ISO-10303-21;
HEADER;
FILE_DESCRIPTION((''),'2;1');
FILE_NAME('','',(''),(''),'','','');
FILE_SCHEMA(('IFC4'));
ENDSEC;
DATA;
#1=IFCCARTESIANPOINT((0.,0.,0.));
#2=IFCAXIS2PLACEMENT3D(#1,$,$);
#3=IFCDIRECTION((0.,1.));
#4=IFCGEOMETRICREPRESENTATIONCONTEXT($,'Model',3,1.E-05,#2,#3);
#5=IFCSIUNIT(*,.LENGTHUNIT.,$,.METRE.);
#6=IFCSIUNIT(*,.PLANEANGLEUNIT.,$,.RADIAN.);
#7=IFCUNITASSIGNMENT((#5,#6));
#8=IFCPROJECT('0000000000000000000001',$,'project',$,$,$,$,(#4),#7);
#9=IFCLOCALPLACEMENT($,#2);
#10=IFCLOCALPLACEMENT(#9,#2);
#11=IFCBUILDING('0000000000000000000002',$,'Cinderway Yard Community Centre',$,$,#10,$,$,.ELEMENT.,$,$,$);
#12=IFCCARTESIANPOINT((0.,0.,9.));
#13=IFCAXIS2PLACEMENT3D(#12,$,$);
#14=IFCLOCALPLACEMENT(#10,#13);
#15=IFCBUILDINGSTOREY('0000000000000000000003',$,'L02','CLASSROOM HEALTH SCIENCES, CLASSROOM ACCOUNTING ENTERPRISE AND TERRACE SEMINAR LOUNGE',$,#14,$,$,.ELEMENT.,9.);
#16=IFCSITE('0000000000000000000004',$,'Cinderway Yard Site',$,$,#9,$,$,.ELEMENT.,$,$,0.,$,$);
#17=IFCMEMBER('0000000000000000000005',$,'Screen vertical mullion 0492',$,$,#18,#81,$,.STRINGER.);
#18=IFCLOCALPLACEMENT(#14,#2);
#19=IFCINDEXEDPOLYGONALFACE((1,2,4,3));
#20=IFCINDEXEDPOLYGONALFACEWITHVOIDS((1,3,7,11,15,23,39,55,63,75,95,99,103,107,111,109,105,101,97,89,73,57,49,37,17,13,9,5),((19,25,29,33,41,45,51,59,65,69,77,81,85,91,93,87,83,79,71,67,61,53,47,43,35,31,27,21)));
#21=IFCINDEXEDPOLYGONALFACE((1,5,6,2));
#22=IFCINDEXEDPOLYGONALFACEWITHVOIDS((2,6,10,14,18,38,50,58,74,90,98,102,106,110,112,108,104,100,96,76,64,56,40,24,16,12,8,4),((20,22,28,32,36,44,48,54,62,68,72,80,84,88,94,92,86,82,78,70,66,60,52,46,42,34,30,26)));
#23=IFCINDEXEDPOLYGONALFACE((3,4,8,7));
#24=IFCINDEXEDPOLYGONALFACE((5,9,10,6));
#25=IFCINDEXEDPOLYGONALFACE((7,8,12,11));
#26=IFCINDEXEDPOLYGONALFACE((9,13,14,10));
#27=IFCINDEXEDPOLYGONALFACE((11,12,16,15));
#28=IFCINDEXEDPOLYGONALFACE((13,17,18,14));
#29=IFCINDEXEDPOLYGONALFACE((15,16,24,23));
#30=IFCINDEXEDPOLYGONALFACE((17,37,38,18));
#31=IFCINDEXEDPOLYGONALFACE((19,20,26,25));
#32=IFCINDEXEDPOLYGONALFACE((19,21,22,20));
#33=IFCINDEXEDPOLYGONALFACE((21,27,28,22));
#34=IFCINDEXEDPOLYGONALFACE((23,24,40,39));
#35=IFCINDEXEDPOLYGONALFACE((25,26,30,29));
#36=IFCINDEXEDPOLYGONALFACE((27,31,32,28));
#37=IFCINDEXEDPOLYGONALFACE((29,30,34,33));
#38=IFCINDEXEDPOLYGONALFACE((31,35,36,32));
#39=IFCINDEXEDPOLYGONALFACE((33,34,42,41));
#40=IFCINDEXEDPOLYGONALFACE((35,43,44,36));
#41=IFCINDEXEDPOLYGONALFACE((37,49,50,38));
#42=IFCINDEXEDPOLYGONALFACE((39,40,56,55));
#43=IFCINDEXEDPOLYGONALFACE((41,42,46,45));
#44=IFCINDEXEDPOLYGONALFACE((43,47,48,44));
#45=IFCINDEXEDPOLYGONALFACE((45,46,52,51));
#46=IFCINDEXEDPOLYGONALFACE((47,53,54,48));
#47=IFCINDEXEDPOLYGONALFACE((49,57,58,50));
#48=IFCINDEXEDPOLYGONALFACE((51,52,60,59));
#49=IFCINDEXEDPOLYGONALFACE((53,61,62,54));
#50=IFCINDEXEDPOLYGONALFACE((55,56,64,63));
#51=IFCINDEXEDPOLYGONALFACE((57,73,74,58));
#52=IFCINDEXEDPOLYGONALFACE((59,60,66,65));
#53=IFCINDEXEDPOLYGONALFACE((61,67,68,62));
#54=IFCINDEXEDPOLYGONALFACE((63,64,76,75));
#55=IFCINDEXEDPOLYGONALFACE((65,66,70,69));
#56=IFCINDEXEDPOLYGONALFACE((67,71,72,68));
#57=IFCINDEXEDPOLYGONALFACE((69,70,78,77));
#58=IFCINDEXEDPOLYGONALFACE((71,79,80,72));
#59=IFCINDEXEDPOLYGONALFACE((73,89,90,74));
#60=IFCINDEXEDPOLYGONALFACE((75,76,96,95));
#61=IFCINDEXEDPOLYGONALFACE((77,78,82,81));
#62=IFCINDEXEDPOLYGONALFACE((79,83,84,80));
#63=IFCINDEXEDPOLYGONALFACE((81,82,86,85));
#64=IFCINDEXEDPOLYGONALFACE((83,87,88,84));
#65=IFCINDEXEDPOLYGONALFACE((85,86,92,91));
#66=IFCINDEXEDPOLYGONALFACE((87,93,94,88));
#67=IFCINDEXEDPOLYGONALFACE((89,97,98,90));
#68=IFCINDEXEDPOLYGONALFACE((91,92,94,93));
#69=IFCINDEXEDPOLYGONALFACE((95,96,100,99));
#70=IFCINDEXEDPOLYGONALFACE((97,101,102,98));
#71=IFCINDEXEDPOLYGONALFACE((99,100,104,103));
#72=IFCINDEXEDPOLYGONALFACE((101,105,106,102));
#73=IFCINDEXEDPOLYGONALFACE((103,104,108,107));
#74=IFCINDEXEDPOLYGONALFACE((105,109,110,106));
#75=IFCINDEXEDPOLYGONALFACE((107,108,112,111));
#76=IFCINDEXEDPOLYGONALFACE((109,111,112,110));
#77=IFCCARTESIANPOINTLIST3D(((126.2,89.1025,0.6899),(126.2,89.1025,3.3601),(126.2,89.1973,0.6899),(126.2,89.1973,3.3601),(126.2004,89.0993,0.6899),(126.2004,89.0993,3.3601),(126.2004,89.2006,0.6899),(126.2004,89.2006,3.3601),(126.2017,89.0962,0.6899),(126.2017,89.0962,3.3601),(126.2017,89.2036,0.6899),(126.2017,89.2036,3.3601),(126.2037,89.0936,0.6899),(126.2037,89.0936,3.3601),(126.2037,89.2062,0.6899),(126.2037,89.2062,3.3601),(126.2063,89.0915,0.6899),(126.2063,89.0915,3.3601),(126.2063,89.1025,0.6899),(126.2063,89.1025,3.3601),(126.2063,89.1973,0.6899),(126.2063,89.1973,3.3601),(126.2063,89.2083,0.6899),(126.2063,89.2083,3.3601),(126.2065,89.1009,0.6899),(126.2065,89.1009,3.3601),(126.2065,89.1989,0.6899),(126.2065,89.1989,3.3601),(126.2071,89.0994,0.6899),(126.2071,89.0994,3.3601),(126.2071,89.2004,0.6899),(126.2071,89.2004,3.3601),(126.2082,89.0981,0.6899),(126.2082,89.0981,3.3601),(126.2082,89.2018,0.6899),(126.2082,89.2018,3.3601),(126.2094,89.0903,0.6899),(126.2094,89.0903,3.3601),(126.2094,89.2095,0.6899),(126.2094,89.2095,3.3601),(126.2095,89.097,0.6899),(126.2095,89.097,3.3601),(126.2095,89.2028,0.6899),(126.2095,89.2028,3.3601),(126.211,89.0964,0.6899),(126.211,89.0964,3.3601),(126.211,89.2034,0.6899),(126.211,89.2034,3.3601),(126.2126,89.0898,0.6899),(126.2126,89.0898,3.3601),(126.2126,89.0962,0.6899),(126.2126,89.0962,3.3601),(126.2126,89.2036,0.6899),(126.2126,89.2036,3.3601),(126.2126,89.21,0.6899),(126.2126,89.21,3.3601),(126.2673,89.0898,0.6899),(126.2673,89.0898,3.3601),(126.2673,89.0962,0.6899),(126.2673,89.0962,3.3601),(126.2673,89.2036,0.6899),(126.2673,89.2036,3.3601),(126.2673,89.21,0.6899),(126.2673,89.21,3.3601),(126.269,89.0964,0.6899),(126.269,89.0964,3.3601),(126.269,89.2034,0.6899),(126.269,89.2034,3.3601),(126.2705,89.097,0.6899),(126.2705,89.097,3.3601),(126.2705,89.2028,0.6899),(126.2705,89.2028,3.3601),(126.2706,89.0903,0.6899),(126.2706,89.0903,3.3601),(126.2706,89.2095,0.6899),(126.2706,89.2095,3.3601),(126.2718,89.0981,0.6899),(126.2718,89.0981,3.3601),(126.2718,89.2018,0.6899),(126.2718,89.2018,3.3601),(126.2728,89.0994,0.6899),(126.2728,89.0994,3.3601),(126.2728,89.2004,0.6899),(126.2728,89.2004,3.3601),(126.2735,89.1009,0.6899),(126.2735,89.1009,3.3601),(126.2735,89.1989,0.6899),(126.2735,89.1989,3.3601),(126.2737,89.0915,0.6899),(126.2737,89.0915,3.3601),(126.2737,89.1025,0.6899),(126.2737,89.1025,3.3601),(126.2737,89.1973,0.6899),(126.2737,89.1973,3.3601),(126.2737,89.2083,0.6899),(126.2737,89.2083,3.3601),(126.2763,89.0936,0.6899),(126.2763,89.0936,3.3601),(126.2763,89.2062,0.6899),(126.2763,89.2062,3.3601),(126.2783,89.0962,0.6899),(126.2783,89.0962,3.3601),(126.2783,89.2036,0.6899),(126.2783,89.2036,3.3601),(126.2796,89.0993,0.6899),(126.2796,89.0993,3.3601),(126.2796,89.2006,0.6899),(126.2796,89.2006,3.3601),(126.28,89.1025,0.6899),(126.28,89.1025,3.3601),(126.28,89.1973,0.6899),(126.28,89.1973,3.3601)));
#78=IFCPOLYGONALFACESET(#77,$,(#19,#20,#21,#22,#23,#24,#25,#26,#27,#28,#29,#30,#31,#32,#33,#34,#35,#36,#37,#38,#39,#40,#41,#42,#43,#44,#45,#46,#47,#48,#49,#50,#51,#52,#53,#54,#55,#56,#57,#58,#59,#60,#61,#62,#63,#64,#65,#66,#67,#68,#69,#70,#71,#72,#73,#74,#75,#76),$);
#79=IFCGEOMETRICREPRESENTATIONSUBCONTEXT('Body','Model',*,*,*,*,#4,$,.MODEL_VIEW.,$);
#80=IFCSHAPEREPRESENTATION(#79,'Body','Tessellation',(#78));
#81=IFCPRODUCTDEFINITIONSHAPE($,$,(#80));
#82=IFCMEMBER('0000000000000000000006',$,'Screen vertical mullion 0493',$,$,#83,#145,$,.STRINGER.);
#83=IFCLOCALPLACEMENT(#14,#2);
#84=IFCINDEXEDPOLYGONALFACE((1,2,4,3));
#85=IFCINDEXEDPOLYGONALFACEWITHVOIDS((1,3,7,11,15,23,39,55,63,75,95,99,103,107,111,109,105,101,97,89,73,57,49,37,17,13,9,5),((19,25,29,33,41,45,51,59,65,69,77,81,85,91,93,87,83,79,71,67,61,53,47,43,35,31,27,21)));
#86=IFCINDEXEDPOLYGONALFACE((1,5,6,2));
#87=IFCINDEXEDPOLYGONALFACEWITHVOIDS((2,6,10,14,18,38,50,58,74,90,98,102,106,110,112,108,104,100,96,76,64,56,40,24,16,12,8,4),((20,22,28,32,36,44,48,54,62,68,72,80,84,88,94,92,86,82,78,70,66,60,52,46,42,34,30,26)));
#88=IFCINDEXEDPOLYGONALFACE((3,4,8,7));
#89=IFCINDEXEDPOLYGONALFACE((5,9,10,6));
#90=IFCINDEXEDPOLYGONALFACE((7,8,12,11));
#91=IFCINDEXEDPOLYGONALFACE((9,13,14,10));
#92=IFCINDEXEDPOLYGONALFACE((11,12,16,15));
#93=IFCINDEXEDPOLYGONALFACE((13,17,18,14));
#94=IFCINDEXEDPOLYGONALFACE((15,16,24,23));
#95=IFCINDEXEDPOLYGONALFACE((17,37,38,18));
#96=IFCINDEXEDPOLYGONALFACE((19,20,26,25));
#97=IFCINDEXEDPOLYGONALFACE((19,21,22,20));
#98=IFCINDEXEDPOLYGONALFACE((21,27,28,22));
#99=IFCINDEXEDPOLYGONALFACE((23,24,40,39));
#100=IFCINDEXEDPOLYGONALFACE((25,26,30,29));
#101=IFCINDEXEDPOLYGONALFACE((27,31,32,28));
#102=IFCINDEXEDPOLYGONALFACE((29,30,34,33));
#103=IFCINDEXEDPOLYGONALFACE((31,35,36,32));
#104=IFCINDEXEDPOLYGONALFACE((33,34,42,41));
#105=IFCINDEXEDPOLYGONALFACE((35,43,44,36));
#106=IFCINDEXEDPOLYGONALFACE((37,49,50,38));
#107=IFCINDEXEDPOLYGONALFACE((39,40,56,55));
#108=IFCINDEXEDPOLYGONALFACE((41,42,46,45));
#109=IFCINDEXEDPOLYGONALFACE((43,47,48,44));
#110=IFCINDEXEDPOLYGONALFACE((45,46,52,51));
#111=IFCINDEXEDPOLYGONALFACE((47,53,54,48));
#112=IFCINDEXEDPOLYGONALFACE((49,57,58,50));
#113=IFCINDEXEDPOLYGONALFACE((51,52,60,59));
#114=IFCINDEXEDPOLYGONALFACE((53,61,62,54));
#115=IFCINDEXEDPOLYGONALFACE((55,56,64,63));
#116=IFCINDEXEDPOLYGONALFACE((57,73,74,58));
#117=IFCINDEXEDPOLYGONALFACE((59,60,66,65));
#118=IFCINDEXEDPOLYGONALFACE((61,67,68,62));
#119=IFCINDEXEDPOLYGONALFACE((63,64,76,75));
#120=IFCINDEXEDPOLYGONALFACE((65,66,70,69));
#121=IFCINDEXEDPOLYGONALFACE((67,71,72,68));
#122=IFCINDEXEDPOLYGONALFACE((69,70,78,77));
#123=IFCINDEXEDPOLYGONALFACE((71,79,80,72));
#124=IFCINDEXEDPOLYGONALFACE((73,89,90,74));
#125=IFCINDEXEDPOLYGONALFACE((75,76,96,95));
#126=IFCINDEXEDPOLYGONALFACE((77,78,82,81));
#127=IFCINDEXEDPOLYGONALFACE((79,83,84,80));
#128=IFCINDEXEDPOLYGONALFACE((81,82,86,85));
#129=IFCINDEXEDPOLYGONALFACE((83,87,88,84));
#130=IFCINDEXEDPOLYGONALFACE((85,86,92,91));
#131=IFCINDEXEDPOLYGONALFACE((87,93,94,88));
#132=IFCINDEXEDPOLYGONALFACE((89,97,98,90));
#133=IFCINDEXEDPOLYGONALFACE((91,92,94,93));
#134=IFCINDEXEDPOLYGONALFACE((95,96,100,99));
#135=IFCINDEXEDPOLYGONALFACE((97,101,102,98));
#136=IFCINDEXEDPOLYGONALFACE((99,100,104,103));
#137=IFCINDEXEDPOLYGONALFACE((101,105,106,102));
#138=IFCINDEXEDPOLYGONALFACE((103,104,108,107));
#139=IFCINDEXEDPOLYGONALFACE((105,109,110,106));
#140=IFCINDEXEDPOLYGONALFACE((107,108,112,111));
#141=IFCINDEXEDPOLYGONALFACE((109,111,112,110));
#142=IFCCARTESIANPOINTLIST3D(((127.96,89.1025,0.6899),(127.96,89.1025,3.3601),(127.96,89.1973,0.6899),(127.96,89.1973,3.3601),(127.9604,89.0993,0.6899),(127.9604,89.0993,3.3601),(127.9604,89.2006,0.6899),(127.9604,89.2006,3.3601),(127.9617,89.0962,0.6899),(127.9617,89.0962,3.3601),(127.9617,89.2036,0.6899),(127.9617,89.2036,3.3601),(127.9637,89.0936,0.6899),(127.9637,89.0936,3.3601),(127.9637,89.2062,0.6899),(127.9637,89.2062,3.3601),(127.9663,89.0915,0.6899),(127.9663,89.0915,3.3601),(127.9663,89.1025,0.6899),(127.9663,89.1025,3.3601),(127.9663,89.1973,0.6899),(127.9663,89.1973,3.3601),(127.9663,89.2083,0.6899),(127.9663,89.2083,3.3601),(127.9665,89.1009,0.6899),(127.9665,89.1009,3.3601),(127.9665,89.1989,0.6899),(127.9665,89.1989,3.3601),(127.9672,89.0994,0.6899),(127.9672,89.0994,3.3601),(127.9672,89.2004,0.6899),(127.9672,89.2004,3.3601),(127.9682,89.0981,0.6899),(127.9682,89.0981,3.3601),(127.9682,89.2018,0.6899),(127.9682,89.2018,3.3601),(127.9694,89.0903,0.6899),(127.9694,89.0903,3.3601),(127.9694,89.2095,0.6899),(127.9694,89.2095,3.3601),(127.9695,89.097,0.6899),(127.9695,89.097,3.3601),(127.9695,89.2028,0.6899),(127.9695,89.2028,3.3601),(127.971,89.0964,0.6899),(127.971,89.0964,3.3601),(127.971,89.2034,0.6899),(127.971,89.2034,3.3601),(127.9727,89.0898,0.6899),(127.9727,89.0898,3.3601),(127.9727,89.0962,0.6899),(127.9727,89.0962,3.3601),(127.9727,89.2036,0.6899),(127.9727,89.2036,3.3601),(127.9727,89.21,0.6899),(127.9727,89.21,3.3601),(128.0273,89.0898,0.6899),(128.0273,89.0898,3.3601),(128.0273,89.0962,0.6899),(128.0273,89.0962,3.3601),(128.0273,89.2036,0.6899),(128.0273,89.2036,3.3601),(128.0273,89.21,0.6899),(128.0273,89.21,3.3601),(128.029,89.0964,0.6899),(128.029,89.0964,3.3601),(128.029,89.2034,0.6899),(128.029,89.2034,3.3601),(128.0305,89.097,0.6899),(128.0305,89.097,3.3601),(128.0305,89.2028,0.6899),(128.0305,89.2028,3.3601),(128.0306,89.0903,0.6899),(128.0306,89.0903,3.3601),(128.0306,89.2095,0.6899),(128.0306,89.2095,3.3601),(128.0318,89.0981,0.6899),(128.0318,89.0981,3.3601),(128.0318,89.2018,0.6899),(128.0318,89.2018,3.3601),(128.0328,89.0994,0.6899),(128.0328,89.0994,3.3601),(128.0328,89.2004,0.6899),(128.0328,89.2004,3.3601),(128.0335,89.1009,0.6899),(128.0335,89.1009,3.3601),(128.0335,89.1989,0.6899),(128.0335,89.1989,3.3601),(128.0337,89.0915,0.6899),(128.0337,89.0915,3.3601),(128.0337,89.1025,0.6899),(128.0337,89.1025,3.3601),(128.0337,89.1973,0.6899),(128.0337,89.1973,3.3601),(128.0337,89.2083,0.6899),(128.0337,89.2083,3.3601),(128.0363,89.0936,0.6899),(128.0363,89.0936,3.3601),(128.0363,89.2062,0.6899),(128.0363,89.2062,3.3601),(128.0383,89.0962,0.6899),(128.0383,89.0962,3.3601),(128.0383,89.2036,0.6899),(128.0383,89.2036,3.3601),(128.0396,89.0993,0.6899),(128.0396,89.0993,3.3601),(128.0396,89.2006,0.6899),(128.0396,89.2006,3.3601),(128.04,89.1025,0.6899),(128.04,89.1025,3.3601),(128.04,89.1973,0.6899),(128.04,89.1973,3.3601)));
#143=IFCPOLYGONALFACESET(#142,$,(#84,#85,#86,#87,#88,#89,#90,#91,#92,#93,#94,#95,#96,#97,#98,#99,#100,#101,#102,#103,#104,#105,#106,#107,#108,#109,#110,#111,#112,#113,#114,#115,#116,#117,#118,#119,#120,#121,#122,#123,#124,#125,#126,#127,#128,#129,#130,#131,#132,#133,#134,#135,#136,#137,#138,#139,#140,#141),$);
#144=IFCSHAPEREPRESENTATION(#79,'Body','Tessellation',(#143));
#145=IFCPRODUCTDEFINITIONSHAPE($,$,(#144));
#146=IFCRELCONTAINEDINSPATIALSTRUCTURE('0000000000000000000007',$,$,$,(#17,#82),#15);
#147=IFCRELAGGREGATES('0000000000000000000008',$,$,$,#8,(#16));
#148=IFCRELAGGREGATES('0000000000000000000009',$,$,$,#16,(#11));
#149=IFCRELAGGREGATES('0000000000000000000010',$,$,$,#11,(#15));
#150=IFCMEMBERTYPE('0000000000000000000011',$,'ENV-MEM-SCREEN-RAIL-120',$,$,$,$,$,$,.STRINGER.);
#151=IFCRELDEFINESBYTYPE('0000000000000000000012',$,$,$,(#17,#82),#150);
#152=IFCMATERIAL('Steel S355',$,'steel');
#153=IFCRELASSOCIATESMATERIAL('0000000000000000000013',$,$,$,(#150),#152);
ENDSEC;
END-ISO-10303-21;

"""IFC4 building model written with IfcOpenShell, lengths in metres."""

from ifc_helpers import new_model, si_unit, direction, frame, origin, origin_2d, place, context, subcontext, project, spatial, hollow_rectangle, extrude, material, material_profile, profile_set, type_object, element, save


model = new_model("IFC4")

# Units and contexts
model_context = context("Model", 3, precision=1e-05, world=origin(), true_north=direction((0.0, 1.0)))
body_context = subcontext(model_context, "Body", "Model", "MODEL_VIEW")
ifc_project = project(units=[si_unit("LENGTHUNIT", "METRE"), si_unit("PLANEANGLEUNIT", "RADIAN")], contexts=[model_context])

# Site, building, storey
site_placement = place(None, origin())
site = spatial("IfcSite", under=ifc_project, at=site_placement, Name="Cinderway Yard Site", CompositionType="ELEMENT", RefElevation=0.0)
building_placement = place(site_placement, origin())
building = spatial("IfcBuilding", under=site, at=building_placement, Name="Cinderway Yard Community Centre", CompositionType="ELEMENT")
storey_placement = place(building_placement, frame((0.0, 0.0, 9.0)))
storey = spatial("IfcBuildingStorey", under=building, at=storey_placement, Name="L02", Description="CLASSROOM HEALTH SCIENCES, CLASSROOM ACCOUNTING ENTERPRISE AND TERRACE SEMINAR LOUNGE", CompositionType="ELEMENT", Elevation=9.0)

# Members
ifc_material_1 = material(Name="Steel S355", Category="steel")
ifc_material_profile_1 = material_profile(ifc_material_1, hollow_rectangle(XDim=0.0801, YDim=0.1201, WallThickness=0.0063, InnerFilletRadius=0.0063, OuterFilletRadius=0.0127, at=origin_2d()), Name="Steel S355")
ifc_profile_set_1 = profile_set([ifc_material_profile_1], Name="Steel S355")
member_type_1 = type_object("IfcMemberType", Name="ENV-MEM-SCREEN-RAIL-120", PredefinedType="STRINGER", material=ifc_profile_set_1)
for number, where, z_axis, x_axis, name in (
    (1, (126.24, 89.1499, 0.6899), (0.0, 0.0, 1.0), (1.0, 0.0, 0.0), "Screen vertical mullion 0492"),
    (2, (128.0, 89.1499, 0.6899), (0.0, 0.0, 1.0), (1.0, 0.0, 0.0), "Screen vertical mullion 0493"),
):
    element("IfcMember", number, at=place(storey_placement, frame(where, z_axis=z_axis, x_axis=x_axis)), inside=storey, type_object=member_type_1, Name=name, PredefinedType="STRINGER", context=body_context, shape_type="SweptSolid", body=[
        extrude(hollow_rectangle(XDim=0.0801, YDim=0.1201, WallThickness=0.0063, InnerFilletRadius=0.0063, OuterFilletRadius=0.0127, at=origin_2d()), origin(), (0.0, 0.0, 1.0), 2.6702),
    ])

save(model, "model.ifc")
